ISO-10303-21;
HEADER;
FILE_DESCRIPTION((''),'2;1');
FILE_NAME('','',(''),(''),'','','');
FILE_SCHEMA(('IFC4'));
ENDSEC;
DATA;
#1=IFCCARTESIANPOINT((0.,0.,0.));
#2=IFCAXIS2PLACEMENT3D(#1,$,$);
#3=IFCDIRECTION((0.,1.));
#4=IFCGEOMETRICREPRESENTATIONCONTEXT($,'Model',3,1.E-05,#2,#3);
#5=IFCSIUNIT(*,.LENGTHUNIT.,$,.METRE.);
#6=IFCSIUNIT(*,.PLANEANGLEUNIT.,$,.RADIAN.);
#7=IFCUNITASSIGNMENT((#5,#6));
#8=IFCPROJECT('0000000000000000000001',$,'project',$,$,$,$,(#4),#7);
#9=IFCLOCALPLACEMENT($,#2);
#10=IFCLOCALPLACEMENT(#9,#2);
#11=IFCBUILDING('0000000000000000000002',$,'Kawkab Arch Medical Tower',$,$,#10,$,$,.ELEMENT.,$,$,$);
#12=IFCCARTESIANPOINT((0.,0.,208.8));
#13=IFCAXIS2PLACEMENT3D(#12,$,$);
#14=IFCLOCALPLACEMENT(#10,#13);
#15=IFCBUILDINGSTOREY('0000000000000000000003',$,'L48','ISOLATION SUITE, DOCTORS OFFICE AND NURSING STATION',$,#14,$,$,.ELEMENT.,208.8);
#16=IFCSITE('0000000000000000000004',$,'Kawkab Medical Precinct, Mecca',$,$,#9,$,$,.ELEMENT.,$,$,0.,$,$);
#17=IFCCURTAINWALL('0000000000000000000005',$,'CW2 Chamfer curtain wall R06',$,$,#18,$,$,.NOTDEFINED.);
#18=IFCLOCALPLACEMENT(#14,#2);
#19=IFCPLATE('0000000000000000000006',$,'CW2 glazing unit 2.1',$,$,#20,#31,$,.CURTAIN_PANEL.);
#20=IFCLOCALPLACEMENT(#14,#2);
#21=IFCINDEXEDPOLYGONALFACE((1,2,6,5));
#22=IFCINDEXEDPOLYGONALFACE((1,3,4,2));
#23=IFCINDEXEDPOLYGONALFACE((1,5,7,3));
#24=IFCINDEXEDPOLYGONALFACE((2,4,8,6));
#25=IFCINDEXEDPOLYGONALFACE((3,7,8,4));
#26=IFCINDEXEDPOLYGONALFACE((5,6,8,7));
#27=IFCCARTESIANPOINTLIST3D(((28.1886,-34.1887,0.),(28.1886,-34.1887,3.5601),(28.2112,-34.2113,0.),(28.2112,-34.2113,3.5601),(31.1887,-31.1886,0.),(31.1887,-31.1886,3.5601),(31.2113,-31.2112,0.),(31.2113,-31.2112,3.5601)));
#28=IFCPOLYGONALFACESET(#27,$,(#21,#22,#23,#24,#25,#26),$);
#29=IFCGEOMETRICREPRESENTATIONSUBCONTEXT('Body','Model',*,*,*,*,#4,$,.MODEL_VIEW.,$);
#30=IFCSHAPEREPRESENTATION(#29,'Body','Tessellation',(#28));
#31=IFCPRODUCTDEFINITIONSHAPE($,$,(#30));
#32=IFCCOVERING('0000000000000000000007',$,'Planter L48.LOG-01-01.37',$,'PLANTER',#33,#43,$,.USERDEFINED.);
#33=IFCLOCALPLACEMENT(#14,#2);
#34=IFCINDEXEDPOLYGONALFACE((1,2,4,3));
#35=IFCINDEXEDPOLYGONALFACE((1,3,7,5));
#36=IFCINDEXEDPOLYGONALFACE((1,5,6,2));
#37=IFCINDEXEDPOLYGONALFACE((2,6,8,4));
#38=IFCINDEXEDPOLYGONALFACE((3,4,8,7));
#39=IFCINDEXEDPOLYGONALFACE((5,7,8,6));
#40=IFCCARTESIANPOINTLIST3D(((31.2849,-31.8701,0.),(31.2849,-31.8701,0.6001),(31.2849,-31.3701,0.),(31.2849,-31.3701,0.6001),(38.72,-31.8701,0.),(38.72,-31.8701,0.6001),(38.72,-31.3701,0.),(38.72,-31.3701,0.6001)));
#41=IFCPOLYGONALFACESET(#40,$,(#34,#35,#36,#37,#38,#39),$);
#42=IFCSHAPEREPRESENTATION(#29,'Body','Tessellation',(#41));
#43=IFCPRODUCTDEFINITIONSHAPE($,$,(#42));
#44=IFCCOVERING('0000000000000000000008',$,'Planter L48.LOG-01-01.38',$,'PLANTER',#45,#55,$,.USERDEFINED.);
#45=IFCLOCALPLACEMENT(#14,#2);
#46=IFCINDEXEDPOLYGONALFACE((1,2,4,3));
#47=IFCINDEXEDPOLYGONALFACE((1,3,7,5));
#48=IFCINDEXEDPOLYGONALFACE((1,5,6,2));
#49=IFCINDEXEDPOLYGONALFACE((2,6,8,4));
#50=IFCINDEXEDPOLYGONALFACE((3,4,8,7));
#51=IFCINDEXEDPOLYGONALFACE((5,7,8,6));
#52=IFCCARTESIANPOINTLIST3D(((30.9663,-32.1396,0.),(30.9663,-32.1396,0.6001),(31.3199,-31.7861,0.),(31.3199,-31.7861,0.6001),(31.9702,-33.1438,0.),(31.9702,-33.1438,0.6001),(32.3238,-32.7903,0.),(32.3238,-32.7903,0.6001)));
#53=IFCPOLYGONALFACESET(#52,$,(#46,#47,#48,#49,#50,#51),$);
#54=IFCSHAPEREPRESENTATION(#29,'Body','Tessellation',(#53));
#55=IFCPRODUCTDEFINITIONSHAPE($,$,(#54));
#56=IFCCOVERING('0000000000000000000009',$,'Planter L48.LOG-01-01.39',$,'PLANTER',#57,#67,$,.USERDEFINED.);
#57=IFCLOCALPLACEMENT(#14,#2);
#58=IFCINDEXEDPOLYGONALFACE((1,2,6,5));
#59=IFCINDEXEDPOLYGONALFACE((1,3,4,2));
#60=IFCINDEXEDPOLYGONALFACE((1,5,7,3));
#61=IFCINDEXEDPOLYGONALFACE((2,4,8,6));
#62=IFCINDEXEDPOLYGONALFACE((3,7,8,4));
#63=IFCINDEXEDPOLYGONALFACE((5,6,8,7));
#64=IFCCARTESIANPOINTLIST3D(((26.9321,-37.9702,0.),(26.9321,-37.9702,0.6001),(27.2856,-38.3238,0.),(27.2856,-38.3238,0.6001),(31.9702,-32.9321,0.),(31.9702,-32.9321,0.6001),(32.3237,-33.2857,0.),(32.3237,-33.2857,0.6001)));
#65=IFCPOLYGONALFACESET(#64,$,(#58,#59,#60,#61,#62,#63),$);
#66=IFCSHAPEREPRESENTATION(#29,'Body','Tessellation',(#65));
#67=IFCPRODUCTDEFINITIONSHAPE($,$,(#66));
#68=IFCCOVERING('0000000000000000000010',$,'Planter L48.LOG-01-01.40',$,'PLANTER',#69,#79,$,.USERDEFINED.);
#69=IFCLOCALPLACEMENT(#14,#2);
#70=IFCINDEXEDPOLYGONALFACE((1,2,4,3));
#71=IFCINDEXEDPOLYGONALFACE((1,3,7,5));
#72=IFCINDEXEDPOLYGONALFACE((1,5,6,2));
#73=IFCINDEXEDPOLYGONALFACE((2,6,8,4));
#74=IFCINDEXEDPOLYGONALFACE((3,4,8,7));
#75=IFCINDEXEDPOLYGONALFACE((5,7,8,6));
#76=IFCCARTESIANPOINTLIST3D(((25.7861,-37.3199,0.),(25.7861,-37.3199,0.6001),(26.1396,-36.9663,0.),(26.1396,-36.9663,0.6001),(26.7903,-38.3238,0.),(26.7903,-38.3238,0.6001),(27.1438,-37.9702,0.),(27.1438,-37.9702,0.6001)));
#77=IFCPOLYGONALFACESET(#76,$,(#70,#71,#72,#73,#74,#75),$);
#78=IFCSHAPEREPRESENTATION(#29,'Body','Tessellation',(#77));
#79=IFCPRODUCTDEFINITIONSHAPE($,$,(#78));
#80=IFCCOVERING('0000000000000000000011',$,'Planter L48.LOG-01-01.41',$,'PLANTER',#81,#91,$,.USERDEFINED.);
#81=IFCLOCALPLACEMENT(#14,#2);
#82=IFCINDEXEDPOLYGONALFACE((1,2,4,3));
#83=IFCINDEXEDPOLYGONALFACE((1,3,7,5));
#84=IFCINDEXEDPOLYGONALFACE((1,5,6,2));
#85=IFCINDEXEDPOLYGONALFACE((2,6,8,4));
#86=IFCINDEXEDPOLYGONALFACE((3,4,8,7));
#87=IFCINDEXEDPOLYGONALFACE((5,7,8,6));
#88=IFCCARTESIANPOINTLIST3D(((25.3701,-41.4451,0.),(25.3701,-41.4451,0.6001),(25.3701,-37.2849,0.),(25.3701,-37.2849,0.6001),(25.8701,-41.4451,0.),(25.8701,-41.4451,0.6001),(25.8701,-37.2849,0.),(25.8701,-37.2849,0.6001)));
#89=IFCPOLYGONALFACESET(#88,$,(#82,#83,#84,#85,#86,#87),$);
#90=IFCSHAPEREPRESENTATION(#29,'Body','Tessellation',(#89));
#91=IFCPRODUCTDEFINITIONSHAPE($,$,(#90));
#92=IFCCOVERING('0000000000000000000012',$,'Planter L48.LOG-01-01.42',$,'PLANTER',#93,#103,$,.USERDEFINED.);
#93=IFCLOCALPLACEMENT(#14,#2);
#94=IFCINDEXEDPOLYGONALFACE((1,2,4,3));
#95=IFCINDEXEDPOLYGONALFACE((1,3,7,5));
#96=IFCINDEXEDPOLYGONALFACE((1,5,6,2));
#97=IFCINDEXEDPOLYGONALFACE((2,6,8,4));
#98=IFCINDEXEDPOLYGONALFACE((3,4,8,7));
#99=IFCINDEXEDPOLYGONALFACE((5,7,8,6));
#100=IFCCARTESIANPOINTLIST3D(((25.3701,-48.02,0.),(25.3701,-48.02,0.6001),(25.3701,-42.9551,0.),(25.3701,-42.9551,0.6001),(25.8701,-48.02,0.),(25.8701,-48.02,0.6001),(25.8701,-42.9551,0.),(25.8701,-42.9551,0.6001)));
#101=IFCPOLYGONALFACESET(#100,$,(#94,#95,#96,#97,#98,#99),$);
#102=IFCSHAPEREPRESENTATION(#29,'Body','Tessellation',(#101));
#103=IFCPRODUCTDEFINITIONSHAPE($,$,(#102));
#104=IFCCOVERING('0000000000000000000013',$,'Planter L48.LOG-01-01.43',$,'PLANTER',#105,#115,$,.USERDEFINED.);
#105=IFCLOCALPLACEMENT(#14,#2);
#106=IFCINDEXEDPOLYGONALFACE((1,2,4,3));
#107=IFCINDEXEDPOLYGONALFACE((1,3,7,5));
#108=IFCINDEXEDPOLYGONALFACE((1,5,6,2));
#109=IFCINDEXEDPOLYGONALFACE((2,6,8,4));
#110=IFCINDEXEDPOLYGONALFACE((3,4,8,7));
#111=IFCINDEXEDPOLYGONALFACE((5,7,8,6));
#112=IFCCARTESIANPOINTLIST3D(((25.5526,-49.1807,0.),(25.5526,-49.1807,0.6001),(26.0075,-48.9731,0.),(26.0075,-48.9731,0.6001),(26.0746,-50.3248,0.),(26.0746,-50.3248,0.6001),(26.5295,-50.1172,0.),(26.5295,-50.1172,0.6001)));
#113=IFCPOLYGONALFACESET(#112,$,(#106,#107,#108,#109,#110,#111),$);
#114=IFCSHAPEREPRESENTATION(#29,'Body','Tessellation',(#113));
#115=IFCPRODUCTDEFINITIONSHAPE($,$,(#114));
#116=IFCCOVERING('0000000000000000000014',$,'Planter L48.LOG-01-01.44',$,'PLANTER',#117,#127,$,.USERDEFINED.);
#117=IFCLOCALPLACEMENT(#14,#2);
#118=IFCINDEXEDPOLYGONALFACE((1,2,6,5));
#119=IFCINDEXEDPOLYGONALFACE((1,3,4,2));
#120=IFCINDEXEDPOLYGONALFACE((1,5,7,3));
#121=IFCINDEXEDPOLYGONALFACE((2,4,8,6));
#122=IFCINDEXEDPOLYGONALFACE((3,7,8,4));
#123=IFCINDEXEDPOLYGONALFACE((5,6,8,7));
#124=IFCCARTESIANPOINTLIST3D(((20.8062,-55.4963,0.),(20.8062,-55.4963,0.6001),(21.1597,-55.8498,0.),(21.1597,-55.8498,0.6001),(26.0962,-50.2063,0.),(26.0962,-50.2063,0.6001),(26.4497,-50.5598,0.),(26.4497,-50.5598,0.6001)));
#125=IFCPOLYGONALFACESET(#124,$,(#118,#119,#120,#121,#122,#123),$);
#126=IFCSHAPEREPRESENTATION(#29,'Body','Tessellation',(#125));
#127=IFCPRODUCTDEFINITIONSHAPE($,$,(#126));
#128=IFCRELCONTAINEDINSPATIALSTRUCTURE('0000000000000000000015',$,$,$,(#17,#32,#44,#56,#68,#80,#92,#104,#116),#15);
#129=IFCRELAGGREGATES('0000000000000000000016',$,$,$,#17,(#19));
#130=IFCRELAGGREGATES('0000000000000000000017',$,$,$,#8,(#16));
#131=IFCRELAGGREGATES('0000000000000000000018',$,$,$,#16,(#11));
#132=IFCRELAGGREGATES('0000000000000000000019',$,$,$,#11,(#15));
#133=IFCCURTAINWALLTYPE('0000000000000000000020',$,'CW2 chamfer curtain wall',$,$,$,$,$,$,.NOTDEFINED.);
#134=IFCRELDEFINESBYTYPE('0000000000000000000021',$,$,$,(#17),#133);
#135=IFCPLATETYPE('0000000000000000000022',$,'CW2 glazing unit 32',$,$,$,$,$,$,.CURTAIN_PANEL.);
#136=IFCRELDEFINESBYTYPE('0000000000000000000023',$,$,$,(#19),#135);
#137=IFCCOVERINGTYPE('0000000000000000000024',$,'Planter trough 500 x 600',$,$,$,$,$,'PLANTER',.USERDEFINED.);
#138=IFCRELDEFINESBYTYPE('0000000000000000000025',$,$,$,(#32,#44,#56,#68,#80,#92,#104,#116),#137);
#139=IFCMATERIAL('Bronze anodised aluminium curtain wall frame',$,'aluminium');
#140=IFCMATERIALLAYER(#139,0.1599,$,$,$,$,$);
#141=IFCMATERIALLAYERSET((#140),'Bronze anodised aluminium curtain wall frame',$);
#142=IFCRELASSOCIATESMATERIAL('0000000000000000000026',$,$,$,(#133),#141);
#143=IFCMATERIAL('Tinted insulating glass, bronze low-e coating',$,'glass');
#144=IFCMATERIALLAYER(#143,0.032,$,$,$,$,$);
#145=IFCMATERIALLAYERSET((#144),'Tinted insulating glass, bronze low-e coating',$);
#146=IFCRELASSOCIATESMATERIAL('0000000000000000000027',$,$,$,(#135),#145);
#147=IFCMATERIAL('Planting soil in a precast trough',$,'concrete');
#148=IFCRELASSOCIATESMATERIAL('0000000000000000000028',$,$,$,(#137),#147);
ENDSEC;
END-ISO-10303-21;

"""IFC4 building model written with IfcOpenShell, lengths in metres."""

from ifc_helpers import new_model, si_unit, direction, frame, origin, origin_2d, place, context, subcontext, project, spatial, rectangle, extrude, material, layer, layer_set, material_profile, profile_set, type_object, element, aggregate, save


model = new_model("IFC4")

# Units and contexts
model_context = context("Model", 3, precision=1e-05, world=origin(), true_north=direction((0.0, 1.0)))
body_context = subcontext(model_context, "Body", "Model", "MODEL_VIEW")
ifc_project = project(units=[si_unit("LENGTHUNIT", "METRE"), si_unit("PLANEANGLEUNIT", "RADIAN")], contexts=[model_context])

# Site, building, storey
site_placement = place(None, origin())
site = spatial("IfcSite", under=ifc_project, at=site_placement, Name="Kawkab Medical Precinct, Mecca", CompositionType="ELEMENT", RefElevation=0.0)
building_placement = place(site_placement, origin())
building = spatial("IfcBuilding", under=site, at=building_placement, Name="Kawkab Arch Medical Tower", CompositionType="ELEMENT")
storey_placement = place(building_placement, frame((0.0, 0.0, 208.8)))
storey = spatial("IfcBuildingStorey", under=building, at=storey_placement, Name="L48", Description="ISOLATION SUITE, DOCTORS OFFICE AND NURSING STATION", CompositionType="ELEMENT", Elevation=208.8)

# Shared definitions
placement = place(storey_placement, origin())

# Shared definitions
ifc_material_1 = material(Name="Bronze anodised aluminium curtain wall frame", Category="aluminium")
ifc_layer_1 = layer(ifc_material_1, 0.1599)
ifc_layer_set_1 = layer_set([ifc_layer_1], Name="Bronze anodised aluminium curtain wall frame")
curtain_wall_type_1 = type_object("IfcCurtainWallType", Name="CW2 chamfer curtain wall", PredefinedType="NOTDEFINED", material=ifc_layer_set_1)

# Curtain wall
curtain_wall_1 = element("IfcCurtainWall", 1, at=placement, inside=storey, type_object=curtain_wall_type_1, Name="CW2 Chamfer curtain wall R06", PredefinedType="NOTDEFINED")

# Plate
ifc_material_2 = material(Name="Tinted insulating glass, bronze low-e coating", Category="glass")
ifc_layer_2 = layer(ifc_material_2, 0.032)
ifc_layer_set_2 = layer_set([ifc_layer_2], Name="Tinted insulating glass, bronze low-e coating")
plate_type_1 = type_object("IfcPlateType", Name="CW2 glazing unit 32", PredefinedType="CURTAIN_PANEL", material=ifc_layer_set_2)
plate_1_placement = place(storey_placement, frame((29.7, -32.7, 0.0), z_axis=(0.0, 0.0, 1.0), x_axis=(0.707107, 0.707107, 0.0)))
plate_1 = element("IfcPlate", 2, at=plate_1_placement, type_object=plate_type_1, Name="CW2 glazing unit 2.1", PredefinedType="CURTAIN_PANEL", context=body_context, shape_type="SweptSolid", body=[
    extrude(rectangle(XDim=4.2427, YDim=0.032, at=origin_2d()), origin(), (0.0, 0.0, 1.0), 3.5601),
])
aggregate(curtain_wall_1, [plate_1])

# Coverings
ifc_material_3 = material(Name="Planting soil in a precast trough", Category="concrete")
ifc_material_profile_1 = material_profile(ifc_material_3, rectangle(XDim=0.5, YDim=0.6001, at=origin_2d()), Name="Trough 500x600")
ifc_profile_set_1 = profile_set([ifc_material_profile_1], Name="Planting soil in a precast trough")
covering_type = type_object("IfcCoveringType", Name="Planter trough 500 x 600", ElementType="PLANTER", PredefinedType="USERDEFINED", material=ifc_profile_set_1)
covering_1_placement = place(storey_placement, frame((38.72, -31.6201, 0.3), z_axis=(-1.0, 0.0, 0.0), x_axis=(0.0, -1.0, 0.0)))
element("IfcCovering", 3, at=covering_1_placement, inside=storey, type_object=covering_type, Name="Planter L48.LOG-01-01.37", ObjectType="PLANTER", PredefinedType="USERDEFINED", context=body_context, shape_type="SweptSolid", body=[
    extrude(rectangle(XDim=0.5, YDim=0.6001, at=origin_2d()), origin(), (0.0, 0.0, 1.0), 7.4351),
])
covering_2_placement = place(storey_placement, frame((31.1431, -31.9629, 0.3), z_axis=(0.707021, -0.707193, 0.0), x_axis=(0.707193, 0.707021, 0.0)))
element("IfcCovering", 4, at=covering_2_placement, inside=storey, type_object=covering_type, Name="Planter L48.LOG-01-01.38", ObjectType="PLANTER", PredefinedType="USERDEFINED", context=body_context, shape_type="SweptSolid", body=[
    extrude(rectangle(XDim=0.5, YDim=0.6001, at=origin_2d()), origin(), (0.0, 0.0, 1.0), 1.4199),
])
covering_3_placement = place(storey_placement, frame((32.147, -33.1089, 0.3), z_axis=(-0.707107, -0.707107, 0.0), x_axis=(0.707107, -0.707107, 0.0)))
element("IfcCovering", 5, at=covering_3_placement, inside=storey, type_object=covering_type, Name="Planter L48.LOG-01-01.39", ObjectType="PLANTER", PredefinedType="USERDEFINED", context=body_context, shape_type="SweptSolid", body=[
    extrude(rectangle(XDim=0.5, YDim=0.6001, at=origin_2d()), origin(), (0.0, 0.0, 1.0), 7.125),
])
covering_4_placement = place(storey_placement, frame((26.967, -38.147, 0.3), z_axis=(-0.707193, 0.707021, 0.0), x_axis=(-0.707021, -0.707193, 0.0)))
element("IfcCovering", 6, at=covering_4_placement, inside=storey, type_object=covering_type, Name="Planter L48.LOG-01-01.40", ObjectType="PLANTER", PredefinedType="USERDEFINED", context=body_context, shape_type="SweptSolid", body=[
    extrude(rectangle(XDim=0.5, YDim=0.6001, at=origin_2d()), origin(), (0.0, 0.0, 1.0), 1.4199),
])
covering_5_placement = place(storey_placement, frame((25.6201, -37.2849, 0.3), z_axis=(0.0, -1.0, 0.0), x_axis=(1.0, 0.0, 0.0)))
element("IfcCovering", 7, at=covering_5_placement, inside=storey, type_object=covering_type, Name="Planter L48.LOG-01-01.41", ObjectType="PLANTER", PredefinedType="USERDEFINED", context=body_context, shape_type="SweptSolid", body=[
    extrude(rectangle(XDim=0.5, YDim=0.6001, at=origin_2d()), origin(), (0.0, 0.0, 1.0), 4.1602),
])
covering_6_placement = place(storey_placement, frame((25.6201, -42.9551, 0.3), z_axis=(0.0, -1.0, 0.0), x_axis=(1.0, 0.0, 0.0)))
element("IfcCovering", 8, at=covering_6_placement, inside=storey, type_object=covering_type, Name="Planter L48.LOG-01-01.42", ObjectType="PLANTER", PredefinedType="USERDEFINED", context=body_context, shape_type="SweptSolid", body=[
    extrude(rectangle(XDim=0.5, YDim=0.6001, at=origin_2d()), origin(), (0.0, 0.0, 1.0), 5.0649),
])
covering_7_placement = place(storey_placement, frame((25.78, -49.0769, 0.3), z_axis=(0.41509, -0.90978, 0.0), x_axis=(0.90978, 0.41509, 0.0)))
element("IfcCovering", 9, at=covering_7_placement, inside=storey, type_object=covering_type, Name="Planter L48.LOG-01-01.43", ObjectType="PLANTER", PredefinedType="USERDEFINED", context=body_context, shape_type="SweptSolid", body=[
    extrude(rectangle(XDim=0.5, YDim=0.6001, at=origin_2d()), origin(), (0.0, 0.0, 1.0), 1.2576),
])
covering_8_placement = place(storey_placement, frame((26.2729, -50.3831, 0.3), z_axis=(-0.707107, -0.707107, 0.0), x_axis=(0.707107, -0.707107, 0.0)))
element("IfcCovering", 10, at=covering_8_placement, inside=storey, type_object=covering_type, Name="Planter L48.LOG-01-01.44", ObjectType="PLANTER", PredefinedType="USERDEFINED", context=body_context, shape_type="SweptSolid", body=[
    extrude(rectangle(XDim=0.5, YDim=0.6001, at=origin_2d()), origin(), (0.0, 0.0, 1.0), 7.4812),
])

save(model, "model.ifc")
